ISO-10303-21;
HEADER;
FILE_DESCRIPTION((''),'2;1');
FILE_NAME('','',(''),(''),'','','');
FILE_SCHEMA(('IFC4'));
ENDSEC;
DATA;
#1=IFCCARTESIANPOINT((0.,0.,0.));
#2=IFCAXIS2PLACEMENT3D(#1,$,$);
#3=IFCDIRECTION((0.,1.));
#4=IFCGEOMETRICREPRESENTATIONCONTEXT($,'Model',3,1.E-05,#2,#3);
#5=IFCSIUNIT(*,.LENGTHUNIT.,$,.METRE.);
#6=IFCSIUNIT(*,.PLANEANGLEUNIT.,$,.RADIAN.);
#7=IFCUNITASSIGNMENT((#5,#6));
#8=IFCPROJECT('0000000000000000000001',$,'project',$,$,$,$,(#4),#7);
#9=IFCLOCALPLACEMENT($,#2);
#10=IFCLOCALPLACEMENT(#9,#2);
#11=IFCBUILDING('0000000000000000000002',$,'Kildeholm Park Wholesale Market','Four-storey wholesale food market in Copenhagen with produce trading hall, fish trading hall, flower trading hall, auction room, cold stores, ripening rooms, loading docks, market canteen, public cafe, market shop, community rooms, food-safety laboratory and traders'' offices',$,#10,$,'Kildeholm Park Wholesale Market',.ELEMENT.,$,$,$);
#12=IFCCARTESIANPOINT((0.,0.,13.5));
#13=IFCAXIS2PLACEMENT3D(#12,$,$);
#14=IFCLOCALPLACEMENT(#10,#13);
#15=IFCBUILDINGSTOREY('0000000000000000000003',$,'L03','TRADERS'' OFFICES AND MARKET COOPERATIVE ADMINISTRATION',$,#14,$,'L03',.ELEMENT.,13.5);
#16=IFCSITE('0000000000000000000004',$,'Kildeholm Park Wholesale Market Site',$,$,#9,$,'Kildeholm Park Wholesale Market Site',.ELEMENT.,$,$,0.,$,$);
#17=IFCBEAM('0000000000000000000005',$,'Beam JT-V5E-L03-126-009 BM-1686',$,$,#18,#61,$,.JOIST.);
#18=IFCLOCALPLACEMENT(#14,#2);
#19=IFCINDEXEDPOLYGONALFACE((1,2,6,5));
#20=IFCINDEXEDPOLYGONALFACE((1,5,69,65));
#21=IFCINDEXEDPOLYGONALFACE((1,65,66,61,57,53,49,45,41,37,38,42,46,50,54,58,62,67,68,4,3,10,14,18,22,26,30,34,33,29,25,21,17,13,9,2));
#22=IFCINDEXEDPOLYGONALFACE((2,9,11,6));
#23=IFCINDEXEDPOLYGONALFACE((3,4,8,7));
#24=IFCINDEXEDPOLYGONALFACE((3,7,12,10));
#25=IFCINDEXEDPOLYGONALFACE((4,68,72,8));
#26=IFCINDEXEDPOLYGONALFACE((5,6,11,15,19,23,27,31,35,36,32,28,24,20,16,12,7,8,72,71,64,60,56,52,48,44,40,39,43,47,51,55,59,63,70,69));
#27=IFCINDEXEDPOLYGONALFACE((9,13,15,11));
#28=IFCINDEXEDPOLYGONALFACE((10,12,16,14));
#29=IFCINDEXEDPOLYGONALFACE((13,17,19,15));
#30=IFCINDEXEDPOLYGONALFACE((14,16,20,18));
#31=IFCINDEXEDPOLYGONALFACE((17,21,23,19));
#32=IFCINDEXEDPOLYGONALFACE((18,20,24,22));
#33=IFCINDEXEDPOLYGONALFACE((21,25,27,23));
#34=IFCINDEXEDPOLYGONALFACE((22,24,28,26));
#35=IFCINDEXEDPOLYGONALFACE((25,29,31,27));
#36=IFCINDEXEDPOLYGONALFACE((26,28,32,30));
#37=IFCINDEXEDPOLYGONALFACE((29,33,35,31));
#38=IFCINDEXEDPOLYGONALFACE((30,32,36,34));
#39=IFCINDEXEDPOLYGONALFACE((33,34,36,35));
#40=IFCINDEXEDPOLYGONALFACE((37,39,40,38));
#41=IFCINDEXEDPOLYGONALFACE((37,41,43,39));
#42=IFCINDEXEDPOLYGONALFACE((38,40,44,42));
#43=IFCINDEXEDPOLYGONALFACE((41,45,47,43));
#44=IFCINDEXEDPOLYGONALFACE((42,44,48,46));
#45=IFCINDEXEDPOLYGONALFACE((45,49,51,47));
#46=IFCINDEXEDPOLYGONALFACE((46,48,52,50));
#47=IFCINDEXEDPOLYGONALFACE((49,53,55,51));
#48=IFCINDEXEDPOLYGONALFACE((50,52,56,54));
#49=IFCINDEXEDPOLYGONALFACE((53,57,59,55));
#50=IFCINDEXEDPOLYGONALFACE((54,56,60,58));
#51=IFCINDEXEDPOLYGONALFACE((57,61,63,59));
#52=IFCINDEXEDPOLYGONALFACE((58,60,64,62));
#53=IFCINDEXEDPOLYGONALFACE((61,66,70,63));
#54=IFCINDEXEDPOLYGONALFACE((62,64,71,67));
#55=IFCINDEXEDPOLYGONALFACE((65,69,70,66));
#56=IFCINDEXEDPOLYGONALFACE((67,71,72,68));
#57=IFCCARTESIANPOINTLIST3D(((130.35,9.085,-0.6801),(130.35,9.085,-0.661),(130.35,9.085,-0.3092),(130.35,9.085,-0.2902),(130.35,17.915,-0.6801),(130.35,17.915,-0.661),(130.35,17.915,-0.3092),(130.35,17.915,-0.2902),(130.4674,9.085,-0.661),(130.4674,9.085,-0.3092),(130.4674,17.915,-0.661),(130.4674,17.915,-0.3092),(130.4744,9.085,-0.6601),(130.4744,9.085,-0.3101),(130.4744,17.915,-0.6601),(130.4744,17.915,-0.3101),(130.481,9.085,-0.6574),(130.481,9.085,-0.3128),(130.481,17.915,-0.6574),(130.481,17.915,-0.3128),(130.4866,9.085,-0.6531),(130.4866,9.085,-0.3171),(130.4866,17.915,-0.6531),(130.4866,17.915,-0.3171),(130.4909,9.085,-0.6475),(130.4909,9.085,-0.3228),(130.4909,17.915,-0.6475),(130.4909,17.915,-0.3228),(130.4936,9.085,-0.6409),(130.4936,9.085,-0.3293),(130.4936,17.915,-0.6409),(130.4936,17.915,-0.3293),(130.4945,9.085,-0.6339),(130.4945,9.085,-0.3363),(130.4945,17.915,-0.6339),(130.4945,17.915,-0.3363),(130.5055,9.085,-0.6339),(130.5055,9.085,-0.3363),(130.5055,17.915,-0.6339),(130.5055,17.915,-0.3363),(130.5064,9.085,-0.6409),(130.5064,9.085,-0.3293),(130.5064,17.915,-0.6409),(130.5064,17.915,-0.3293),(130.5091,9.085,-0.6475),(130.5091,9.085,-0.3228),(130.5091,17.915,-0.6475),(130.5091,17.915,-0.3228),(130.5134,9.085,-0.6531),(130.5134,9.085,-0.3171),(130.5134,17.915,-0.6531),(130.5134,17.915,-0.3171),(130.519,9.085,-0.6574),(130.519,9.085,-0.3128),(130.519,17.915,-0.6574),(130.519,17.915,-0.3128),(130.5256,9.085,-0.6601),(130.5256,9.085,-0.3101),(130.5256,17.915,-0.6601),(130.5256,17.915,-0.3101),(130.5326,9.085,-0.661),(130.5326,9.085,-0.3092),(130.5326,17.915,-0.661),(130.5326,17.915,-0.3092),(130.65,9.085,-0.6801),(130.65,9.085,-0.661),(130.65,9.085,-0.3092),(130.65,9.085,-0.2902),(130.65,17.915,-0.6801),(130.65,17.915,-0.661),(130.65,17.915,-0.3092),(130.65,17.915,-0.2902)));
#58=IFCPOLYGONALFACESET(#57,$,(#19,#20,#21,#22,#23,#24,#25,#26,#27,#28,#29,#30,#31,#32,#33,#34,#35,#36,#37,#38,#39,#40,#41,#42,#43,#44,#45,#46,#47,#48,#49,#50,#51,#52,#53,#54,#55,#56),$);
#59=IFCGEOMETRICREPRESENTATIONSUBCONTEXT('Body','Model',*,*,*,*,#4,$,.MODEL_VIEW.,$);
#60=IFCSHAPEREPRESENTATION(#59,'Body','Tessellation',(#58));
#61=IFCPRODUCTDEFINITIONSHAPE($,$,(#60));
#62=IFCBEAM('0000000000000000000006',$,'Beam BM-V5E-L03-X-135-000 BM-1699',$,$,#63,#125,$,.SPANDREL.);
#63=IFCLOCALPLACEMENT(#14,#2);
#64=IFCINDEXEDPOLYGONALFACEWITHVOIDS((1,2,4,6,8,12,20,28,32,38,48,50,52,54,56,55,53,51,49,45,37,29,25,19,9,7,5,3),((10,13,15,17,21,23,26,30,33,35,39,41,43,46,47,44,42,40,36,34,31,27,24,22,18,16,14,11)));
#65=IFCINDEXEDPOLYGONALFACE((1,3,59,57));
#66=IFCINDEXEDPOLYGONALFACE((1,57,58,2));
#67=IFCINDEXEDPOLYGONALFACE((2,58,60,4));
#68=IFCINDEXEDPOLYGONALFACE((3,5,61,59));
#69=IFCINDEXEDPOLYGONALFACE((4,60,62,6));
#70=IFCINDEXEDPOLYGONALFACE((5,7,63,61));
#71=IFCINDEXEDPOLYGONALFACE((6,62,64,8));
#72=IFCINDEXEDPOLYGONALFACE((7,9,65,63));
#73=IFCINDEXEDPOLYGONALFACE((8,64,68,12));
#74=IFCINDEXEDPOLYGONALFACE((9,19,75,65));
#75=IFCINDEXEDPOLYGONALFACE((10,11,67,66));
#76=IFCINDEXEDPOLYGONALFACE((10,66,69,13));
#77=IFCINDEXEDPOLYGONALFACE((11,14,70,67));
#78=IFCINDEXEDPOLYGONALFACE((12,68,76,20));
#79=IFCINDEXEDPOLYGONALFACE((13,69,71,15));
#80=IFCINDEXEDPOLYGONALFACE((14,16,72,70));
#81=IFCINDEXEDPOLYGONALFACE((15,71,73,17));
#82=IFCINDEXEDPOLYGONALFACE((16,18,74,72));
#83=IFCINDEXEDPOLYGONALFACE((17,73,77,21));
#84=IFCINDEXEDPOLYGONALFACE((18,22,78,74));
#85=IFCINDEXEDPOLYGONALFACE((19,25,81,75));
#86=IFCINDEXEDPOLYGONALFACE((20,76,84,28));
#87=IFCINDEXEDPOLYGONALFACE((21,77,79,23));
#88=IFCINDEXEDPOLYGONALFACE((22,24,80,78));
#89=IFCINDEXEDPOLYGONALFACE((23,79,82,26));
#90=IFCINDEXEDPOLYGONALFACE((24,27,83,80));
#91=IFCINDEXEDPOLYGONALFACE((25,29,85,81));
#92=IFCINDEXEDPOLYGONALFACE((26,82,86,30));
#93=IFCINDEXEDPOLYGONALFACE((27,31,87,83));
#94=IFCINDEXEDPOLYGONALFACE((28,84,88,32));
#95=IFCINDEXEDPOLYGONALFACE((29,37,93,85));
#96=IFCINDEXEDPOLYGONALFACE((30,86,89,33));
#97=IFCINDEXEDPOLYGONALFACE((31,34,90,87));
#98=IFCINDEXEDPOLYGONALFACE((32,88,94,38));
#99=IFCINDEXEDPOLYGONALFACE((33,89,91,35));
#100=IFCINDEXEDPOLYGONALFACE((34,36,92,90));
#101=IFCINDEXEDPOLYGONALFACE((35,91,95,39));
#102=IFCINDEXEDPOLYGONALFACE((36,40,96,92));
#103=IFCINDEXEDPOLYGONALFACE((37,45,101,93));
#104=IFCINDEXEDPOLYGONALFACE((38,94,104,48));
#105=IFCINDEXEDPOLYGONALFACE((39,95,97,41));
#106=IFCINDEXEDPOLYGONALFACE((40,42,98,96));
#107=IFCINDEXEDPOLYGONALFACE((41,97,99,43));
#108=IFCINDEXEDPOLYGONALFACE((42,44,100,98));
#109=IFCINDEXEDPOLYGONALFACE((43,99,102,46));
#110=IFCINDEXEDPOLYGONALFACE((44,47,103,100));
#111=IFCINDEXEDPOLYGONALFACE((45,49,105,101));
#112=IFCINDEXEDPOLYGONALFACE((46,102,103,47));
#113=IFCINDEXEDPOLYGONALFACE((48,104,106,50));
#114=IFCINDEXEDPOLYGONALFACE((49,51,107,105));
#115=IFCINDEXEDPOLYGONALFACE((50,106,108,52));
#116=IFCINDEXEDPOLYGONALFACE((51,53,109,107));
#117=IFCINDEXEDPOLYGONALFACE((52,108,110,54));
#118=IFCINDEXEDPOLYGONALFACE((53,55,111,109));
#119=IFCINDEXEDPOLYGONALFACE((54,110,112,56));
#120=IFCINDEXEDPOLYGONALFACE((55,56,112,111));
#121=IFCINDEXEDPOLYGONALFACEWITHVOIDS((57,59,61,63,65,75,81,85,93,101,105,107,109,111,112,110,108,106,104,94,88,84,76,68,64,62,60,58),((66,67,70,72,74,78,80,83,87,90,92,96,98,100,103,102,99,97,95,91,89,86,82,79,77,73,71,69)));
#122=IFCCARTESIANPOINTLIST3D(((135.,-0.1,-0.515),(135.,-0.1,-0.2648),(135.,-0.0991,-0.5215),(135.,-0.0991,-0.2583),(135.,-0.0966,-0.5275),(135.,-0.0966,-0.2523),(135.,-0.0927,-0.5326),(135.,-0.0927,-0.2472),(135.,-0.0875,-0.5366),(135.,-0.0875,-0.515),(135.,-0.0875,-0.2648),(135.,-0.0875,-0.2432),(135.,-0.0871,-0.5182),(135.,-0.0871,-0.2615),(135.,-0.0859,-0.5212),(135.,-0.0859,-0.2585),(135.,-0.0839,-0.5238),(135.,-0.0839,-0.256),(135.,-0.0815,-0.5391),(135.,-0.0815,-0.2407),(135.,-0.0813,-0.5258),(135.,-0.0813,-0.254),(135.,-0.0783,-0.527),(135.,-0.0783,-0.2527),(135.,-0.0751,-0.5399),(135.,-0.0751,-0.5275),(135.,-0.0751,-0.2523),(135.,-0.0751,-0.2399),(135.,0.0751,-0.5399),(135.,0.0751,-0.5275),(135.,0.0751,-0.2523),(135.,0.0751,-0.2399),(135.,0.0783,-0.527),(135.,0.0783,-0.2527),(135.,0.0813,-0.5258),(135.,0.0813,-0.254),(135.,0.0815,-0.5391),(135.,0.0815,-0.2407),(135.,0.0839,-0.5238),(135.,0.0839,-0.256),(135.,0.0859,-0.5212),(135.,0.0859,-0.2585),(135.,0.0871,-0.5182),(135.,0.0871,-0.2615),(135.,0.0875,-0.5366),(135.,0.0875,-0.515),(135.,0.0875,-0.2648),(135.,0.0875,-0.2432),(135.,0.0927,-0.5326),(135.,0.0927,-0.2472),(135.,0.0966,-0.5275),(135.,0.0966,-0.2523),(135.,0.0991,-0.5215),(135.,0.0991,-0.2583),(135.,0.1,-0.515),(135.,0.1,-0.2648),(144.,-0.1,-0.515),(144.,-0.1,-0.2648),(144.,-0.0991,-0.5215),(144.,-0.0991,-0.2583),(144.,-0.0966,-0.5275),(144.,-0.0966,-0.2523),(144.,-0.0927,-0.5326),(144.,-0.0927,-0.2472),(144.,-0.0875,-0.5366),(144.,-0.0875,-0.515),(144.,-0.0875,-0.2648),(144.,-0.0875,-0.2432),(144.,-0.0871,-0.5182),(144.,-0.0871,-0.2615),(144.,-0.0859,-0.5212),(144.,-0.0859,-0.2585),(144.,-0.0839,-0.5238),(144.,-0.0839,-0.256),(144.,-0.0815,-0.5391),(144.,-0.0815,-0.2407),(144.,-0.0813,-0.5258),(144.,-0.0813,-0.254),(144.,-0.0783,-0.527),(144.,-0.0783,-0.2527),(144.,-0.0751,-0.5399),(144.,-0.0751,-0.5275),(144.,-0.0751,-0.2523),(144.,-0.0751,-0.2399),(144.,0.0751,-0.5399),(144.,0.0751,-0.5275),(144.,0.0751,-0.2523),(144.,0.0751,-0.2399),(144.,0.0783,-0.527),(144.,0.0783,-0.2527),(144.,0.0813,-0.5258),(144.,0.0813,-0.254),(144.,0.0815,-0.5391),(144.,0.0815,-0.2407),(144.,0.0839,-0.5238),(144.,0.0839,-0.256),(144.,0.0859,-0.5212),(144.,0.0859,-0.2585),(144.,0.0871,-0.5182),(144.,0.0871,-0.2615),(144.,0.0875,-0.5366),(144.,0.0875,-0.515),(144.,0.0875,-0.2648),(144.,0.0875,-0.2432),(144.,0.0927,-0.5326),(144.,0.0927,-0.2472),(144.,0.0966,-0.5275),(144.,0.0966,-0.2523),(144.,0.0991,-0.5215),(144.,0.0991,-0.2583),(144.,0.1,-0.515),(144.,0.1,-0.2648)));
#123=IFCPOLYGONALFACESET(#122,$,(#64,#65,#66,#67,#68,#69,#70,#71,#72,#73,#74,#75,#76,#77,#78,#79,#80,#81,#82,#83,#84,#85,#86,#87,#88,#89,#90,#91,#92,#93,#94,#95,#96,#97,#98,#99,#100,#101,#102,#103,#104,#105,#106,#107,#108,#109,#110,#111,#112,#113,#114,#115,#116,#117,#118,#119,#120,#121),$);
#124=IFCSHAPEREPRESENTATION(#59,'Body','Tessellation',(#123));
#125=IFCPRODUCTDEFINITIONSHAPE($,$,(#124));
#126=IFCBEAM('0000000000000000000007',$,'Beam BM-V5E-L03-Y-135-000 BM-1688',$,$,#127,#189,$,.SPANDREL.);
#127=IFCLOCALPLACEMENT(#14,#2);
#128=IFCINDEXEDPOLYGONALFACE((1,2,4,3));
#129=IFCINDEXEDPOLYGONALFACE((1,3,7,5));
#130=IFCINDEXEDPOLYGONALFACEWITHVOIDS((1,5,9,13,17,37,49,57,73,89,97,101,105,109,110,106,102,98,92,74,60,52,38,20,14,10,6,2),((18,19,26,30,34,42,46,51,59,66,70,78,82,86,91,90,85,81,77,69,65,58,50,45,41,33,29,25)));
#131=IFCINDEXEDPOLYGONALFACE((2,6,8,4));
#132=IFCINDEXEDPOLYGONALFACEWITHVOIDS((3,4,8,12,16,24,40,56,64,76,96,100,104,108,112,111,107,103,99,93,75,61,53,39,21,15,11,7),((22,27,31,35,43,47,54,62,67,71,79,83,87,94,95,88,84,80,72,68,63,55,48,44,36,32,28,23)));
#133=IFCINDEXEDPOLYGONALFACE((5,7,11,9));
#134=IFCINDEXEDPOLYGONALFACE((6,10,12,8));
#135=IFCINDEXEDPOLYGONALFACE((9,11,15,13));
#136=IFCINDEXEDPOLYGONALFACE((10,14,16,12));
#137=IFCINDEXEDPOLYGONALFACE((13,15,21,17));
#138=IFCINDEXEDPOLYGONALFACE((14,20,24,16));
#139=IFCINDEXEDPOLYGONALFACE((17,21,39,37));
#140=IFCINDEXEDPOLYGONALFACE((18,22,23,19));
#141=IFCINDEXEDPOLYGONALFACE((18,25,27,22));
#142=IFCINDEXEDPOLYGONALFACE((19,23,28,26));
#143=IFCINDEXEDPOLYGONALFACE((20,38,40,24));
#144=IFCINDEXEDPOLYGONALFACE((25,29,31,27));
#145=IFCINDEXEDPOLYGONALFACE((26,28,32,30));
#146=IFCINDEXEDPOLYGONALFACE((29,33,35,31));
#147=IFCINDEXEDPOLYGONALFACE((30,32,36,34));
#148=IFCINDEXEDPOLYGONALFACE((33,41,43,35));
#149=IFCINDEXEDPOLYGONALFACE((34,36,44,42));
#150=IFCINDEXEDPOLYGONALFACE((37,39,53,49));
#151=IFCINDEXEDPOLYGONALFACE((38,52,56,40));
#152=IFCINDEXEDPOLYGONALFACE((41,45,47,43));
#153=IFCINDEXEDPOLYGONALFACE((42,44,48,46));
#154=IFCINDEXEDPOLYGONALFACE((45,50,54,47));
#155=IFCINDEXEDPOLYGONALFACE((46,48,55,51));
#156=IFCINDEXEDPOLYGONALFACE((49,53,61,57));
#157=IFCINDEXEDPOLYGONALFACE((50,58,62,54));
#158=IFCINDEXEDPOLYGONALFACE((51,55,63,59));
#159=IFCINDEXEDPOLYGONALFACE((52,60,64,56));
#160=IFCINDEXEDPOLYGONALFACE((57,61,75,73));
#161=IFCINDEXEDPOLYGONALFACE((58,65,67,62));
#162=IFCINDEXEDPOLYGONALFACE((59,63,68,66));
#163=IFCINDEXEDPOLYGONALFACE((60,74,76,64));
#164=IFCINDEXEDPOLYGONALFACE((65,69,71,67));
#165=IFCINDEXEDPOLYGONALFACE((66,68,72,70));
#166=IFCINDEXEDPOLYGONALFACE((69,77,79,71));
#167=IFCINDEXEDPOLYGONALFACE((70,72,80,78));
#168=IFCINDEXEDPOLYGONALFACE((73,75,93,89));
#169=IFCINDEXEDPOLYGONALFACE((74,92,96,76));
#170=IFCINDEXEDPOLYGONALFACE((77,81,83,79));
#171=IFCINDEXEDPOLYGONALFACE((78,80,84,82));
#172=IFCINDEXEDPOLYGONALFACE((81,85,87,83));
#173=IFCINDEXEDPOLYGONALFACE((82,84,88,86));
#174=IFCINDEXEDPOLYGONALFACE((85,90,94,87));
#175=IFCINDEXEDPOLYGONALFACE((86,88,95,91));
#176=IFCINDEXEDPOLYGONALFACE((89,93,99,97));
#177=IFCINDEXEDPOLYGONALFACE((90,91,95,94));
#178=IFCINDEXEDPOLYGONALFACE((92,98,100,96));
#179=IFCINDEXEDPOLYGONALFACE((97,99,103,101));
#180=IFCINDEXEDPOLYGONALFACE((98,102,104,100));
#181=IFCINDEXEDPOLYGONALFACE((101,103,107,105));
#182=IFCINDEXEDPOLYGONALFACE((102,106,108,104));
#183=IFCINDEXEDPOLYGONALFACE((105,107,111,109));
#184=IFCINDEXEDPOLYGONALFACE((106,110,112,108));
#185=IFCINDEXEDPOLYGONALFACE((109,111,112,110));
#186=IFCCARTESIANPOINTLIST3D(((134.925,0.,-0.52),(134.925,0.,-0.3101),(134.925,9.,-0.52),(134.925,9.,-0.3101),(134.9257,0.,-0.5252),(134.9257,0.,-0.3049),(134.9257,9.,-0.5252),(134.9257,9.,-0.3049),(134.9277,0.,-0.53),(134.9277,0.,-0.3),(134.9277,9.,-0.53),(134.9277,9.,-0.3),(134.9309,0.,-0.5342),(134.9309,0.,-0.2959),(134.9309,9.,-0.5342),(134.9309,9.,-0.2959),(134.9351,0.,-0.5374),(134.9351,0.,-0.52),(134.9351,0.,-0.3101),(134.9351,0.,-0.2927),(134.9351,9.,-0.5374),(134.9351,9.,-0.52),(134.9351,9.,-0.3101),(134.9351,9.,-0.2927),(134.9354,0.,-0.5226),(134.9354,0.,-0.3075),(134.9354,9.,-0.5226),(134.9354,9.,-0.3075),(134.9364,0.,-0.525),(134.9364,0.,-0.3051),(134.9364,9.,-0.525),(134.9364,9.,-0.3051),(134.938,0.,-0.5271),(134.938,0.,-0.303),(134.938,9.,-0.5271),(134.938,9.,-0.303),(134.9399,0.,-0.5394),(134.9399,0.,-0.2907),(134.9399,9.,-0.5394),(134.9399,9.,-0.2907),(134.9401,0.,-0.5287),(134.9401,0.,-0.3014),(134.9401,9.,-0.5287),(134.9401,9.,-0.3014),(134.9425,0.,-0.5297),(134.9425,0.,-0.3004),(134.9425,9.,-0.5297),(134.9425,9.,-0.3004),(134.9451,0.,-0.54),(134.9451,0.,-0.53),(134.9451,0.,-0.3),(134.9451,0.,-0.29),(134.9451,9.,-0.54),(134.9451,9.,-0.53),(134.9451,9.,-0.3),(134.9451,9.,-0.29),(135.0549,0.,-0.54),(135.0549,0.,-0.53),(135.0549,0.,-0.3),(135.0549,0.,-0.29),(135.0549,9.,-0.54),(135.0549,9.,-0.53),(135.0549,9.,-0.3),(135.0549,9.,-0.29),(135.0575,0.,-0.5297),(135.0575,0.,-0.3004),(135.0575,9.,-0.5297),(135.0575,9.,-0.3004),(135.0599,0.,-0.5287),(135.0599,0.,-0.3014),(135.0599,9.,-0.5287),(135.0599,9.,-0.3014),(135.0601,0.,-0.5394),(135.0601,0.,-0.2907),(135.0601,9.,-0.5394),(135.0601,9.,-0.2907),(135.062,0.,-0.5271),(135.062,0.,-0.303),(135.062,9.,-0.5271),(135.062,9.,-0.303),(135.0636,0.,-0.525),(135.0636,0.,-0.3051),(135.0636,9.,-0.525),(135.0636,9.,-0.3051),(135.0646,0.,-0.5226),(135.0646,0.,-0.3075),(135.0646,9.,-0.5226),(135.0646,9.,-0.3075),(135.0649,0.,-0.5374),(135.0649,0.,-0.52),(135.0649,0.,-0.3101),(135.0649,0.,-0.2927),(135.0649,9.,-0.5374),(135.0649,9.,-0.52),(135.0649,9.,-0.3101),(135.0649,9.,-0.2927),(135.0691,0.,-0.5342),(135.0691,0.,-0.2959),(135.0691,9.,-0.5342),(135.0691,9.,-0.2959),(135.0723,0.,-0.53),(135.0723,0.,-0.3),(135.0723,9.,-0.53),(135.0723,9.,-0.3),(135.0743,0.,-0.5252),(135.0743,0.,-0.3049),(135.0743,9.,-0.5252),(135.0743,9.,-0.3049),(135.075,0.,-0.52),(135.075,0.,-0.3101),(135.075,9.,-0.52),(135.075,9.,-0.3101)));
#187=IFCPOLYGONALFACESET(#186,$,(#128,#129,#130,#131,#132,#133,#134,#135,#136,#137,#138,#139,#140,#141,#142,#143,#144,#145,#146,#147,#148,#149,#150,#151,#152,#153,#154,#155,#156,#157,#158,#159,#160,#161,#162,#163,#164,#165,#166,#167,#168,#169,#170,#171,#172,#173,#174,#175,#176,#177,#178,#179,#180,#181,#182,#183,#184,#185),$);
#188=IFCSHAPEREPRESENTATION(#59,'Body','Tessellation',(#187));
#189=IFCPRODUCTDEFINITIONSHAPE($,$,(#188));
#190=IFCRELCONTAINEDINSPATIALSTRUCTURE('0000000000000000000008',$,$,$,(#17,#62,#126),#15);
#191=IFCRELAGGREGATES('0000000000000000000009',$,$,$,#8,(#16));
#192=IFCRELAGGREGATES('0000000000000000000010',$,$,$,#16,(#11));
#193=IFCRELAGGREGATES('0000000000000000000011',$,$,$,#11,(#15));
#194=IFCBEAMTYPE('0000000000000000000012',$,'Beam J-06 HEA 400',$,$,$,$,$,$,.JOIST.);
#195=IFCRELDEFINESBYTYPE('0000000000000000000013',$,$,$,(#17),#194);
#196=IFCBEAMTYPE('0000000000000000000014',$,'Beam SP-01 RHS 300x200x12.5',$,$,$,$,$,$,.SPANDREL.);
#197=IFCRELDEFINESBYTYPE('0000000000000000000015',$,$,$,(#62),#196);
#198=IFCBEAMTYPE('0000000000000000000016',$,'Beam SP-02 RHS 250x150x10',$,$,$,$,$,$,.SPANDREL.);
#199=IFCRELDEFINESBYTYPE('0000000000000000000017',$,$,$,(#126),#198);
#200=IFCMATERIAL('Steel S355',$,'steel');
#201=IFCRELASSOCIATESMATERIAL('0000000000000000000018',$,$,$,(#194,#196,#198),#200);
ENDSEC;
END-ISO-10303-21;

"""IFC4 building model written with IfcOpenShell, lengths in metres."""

from ifc_helpers import new_model, si_unit, direction, frame, origin, origin_2d, place, context, subcontext, project, spatial, hollow_rectangle, i_section, extrude, material, material_profile, profile_set, type_object, element, save


model = new_model("IFC4")

# Units and contexts
model_context = context("Model", 3, precision=1e-05, world=origin(), true_north=direction((0.0, 1.0)))
body_context = subcontext(model_context, "Body", "Model", "MODEL_VIEW")
ifc_project = project(units=[si_unit("LENGTHUNIT", "METRE"), si_unit("PLANEANGLEUNIT", "RADIAN")], contexts=[model_context])

# Site, building, storey
site_placement = place(None, origin())
site = spatial("IfcSite", under=ifc_project, at=site_placement, Name="Kildeholm Park Wholesale Market Site", LongName="Kildeholm Park Wholesale Market Site", CompositionType="ELEMENT", RefElevation=0.0)
building_placement = place(site_placement, origin())
building = spatial("IfcBuilding", under=site, at=building_placement, Name="Kildeholm Park Wholesale Market", Description="Four-storey wholesale food market in Copenhagen with produce trading hall, fish trading hall, flower trading hall, auction room, cold stores, ripening rooms, loading docks, market canteen, public cafe, market shop, community rooms, food-safety laboratory and traders' offices", LongName="Kildeholm Park Wholesale Market", CompositionType="ELEMENT")
storey_placement = place(building_placement, frame((0.0, 0.0, 13.5)))
storey = spatial("IfcBuildingStorey", under=building, at=storey_placement, Name="L03", Description="TRADERS' OFFICES AND MARKET COOPERATIVE ADMINISTRATION", LongName="L03", CompositionType="ELEMENT", Elevation=13.5)

# Shared definitions
ifc_material_1 = material(Name="Steel S355", Category="steel")

# Beams
ifc_material_profile_1 = material_profile(ifc_material_1, i_section(OverallWidth=0.3, OverallDepth=0.3899, WebThickness=0.011, FlangeThickness=0.019, FilletRadius=0.0271, at=origin_2d()), Name="HEA 400")
ifc_profile_set_1 = profile_set([ifc_material_profile_1], Name="Steel S355")
beam_type_1 = type_object("IfcBeamType", Name="Beam J-06 HEA 400", PredefinedType="JOIST", material=ifc_profile_set_1)
beam_1_placement = place(storey_placement, frame((130.5, 9.085, -0.4851), z_axis=(0.0, 1.0, 0.0), x_axis=(-1.0, 0.0, 0.0)))
element("IfcBeam", 1, at=beam_1_placement, inside=storey, type_object=beam_type_1, Name="Beam JT-V5E-L03-126-009 BM-1686", PredefinedType="JOIST", context=body_context, shape_type="SweptSolid", body=[
    extrude(i_section(OverallWidth=0.3, OverallDepth=0.3899, WebThickness=0.011, FlangeThickness=0.019, FilletRadius=0.0271, at=origin_2d()), origin(), (0.0, 0.0, 1.0), 8.8301),
])
ifc_material_profile_2 = material_profile(ifc_material_1, hollow_rectangle(XDim=0.2, YDim=0.3, WallThickness=0.0125, InnerFilletRadius=0.0125, OuterFilletRadius=0.0249, at=origin_2d()), Name="RHS 300x200x12.5")
ifc_profile_set_2 = profile_set([ifc_material_profile_2], Name="Steel S355")
beam_type_2 = type_object("IfcBeamType", Name="Beam SP-01 RHS 300x200x12.5", PredefinedType="SPANDREL", material=ifc_profile_set_2)
beam_2_placement = place(storey_placement, frame((135.0, 0.0, -0.3899), z_axis=(1.0, 0.0, 0.0), x_axis=(0.0, 1.0, 0.0)))
element("IfcBeam", 2, at=beam_2_placement, inside=storey, type_object=beam_type_2, Name="Beam BM-V5E-L03-X-135-000 BM-1699", PredefinedType="SPANDREL", context=body_context, shape_type="SweptSolid", body=[
    extrude(hollow_rectangle(XDim=0.2, YDim=0.3, WallThickness=0.0125, InnerFilletRadius=0.0125, OuterFilletRadius=0.0249, at=origin_2d()), origin(), (0.0, 0.0, 1.0), 9.0),
])
ifc_material_profile_3 = material_profile(ifc_material_1, hollow_rectangle(XDim=0.1499, YDim=0.25, WallThickness=0.01, InnerFilletRadius=0.01, OuterFilletRadius=0.02, at=origin_2d()), Name="RHS 250x150x10")
ifc_profile_set_3 = profile_set([ifc_material_profile_3], Name="Steel S355")
beam_type_3 = type_object("IfcBeamType", Name="Beam SP-02 RHS 250x150x10", PredefinedType="SPANDREL", material=ifc_profile_set_3)
for number, where, z_axis, x_axis, name in (
    (3, (135.0, 0.0, -0.415), (0.0, 1.0, 0.0), (-1.0, 0.0, 0.0), "Beam BM-V5E-L03-Y-135-000 BM-1688"),
):
    element("IfcBeam", number, at=place(storey_placement, frame(where, z_axis=z_axis, x_axis=x_axis)), inside=storey, type_object=beam_type_3, Name=name, PredefinedType="SPANDREL", context=body_context, shape_type="SweptSolid", body=[
        extrude(hollow_rectangle(XDim=0.1499, YDim=0.25, WallThickness=0.01, InnerFilletRadius=0.01, OuterFilletRadius=0.02, at=origin_2d()), origin(), (0.0, 0.0, 1.0), 9.0),
    ])

save(model, "model.ifc")
